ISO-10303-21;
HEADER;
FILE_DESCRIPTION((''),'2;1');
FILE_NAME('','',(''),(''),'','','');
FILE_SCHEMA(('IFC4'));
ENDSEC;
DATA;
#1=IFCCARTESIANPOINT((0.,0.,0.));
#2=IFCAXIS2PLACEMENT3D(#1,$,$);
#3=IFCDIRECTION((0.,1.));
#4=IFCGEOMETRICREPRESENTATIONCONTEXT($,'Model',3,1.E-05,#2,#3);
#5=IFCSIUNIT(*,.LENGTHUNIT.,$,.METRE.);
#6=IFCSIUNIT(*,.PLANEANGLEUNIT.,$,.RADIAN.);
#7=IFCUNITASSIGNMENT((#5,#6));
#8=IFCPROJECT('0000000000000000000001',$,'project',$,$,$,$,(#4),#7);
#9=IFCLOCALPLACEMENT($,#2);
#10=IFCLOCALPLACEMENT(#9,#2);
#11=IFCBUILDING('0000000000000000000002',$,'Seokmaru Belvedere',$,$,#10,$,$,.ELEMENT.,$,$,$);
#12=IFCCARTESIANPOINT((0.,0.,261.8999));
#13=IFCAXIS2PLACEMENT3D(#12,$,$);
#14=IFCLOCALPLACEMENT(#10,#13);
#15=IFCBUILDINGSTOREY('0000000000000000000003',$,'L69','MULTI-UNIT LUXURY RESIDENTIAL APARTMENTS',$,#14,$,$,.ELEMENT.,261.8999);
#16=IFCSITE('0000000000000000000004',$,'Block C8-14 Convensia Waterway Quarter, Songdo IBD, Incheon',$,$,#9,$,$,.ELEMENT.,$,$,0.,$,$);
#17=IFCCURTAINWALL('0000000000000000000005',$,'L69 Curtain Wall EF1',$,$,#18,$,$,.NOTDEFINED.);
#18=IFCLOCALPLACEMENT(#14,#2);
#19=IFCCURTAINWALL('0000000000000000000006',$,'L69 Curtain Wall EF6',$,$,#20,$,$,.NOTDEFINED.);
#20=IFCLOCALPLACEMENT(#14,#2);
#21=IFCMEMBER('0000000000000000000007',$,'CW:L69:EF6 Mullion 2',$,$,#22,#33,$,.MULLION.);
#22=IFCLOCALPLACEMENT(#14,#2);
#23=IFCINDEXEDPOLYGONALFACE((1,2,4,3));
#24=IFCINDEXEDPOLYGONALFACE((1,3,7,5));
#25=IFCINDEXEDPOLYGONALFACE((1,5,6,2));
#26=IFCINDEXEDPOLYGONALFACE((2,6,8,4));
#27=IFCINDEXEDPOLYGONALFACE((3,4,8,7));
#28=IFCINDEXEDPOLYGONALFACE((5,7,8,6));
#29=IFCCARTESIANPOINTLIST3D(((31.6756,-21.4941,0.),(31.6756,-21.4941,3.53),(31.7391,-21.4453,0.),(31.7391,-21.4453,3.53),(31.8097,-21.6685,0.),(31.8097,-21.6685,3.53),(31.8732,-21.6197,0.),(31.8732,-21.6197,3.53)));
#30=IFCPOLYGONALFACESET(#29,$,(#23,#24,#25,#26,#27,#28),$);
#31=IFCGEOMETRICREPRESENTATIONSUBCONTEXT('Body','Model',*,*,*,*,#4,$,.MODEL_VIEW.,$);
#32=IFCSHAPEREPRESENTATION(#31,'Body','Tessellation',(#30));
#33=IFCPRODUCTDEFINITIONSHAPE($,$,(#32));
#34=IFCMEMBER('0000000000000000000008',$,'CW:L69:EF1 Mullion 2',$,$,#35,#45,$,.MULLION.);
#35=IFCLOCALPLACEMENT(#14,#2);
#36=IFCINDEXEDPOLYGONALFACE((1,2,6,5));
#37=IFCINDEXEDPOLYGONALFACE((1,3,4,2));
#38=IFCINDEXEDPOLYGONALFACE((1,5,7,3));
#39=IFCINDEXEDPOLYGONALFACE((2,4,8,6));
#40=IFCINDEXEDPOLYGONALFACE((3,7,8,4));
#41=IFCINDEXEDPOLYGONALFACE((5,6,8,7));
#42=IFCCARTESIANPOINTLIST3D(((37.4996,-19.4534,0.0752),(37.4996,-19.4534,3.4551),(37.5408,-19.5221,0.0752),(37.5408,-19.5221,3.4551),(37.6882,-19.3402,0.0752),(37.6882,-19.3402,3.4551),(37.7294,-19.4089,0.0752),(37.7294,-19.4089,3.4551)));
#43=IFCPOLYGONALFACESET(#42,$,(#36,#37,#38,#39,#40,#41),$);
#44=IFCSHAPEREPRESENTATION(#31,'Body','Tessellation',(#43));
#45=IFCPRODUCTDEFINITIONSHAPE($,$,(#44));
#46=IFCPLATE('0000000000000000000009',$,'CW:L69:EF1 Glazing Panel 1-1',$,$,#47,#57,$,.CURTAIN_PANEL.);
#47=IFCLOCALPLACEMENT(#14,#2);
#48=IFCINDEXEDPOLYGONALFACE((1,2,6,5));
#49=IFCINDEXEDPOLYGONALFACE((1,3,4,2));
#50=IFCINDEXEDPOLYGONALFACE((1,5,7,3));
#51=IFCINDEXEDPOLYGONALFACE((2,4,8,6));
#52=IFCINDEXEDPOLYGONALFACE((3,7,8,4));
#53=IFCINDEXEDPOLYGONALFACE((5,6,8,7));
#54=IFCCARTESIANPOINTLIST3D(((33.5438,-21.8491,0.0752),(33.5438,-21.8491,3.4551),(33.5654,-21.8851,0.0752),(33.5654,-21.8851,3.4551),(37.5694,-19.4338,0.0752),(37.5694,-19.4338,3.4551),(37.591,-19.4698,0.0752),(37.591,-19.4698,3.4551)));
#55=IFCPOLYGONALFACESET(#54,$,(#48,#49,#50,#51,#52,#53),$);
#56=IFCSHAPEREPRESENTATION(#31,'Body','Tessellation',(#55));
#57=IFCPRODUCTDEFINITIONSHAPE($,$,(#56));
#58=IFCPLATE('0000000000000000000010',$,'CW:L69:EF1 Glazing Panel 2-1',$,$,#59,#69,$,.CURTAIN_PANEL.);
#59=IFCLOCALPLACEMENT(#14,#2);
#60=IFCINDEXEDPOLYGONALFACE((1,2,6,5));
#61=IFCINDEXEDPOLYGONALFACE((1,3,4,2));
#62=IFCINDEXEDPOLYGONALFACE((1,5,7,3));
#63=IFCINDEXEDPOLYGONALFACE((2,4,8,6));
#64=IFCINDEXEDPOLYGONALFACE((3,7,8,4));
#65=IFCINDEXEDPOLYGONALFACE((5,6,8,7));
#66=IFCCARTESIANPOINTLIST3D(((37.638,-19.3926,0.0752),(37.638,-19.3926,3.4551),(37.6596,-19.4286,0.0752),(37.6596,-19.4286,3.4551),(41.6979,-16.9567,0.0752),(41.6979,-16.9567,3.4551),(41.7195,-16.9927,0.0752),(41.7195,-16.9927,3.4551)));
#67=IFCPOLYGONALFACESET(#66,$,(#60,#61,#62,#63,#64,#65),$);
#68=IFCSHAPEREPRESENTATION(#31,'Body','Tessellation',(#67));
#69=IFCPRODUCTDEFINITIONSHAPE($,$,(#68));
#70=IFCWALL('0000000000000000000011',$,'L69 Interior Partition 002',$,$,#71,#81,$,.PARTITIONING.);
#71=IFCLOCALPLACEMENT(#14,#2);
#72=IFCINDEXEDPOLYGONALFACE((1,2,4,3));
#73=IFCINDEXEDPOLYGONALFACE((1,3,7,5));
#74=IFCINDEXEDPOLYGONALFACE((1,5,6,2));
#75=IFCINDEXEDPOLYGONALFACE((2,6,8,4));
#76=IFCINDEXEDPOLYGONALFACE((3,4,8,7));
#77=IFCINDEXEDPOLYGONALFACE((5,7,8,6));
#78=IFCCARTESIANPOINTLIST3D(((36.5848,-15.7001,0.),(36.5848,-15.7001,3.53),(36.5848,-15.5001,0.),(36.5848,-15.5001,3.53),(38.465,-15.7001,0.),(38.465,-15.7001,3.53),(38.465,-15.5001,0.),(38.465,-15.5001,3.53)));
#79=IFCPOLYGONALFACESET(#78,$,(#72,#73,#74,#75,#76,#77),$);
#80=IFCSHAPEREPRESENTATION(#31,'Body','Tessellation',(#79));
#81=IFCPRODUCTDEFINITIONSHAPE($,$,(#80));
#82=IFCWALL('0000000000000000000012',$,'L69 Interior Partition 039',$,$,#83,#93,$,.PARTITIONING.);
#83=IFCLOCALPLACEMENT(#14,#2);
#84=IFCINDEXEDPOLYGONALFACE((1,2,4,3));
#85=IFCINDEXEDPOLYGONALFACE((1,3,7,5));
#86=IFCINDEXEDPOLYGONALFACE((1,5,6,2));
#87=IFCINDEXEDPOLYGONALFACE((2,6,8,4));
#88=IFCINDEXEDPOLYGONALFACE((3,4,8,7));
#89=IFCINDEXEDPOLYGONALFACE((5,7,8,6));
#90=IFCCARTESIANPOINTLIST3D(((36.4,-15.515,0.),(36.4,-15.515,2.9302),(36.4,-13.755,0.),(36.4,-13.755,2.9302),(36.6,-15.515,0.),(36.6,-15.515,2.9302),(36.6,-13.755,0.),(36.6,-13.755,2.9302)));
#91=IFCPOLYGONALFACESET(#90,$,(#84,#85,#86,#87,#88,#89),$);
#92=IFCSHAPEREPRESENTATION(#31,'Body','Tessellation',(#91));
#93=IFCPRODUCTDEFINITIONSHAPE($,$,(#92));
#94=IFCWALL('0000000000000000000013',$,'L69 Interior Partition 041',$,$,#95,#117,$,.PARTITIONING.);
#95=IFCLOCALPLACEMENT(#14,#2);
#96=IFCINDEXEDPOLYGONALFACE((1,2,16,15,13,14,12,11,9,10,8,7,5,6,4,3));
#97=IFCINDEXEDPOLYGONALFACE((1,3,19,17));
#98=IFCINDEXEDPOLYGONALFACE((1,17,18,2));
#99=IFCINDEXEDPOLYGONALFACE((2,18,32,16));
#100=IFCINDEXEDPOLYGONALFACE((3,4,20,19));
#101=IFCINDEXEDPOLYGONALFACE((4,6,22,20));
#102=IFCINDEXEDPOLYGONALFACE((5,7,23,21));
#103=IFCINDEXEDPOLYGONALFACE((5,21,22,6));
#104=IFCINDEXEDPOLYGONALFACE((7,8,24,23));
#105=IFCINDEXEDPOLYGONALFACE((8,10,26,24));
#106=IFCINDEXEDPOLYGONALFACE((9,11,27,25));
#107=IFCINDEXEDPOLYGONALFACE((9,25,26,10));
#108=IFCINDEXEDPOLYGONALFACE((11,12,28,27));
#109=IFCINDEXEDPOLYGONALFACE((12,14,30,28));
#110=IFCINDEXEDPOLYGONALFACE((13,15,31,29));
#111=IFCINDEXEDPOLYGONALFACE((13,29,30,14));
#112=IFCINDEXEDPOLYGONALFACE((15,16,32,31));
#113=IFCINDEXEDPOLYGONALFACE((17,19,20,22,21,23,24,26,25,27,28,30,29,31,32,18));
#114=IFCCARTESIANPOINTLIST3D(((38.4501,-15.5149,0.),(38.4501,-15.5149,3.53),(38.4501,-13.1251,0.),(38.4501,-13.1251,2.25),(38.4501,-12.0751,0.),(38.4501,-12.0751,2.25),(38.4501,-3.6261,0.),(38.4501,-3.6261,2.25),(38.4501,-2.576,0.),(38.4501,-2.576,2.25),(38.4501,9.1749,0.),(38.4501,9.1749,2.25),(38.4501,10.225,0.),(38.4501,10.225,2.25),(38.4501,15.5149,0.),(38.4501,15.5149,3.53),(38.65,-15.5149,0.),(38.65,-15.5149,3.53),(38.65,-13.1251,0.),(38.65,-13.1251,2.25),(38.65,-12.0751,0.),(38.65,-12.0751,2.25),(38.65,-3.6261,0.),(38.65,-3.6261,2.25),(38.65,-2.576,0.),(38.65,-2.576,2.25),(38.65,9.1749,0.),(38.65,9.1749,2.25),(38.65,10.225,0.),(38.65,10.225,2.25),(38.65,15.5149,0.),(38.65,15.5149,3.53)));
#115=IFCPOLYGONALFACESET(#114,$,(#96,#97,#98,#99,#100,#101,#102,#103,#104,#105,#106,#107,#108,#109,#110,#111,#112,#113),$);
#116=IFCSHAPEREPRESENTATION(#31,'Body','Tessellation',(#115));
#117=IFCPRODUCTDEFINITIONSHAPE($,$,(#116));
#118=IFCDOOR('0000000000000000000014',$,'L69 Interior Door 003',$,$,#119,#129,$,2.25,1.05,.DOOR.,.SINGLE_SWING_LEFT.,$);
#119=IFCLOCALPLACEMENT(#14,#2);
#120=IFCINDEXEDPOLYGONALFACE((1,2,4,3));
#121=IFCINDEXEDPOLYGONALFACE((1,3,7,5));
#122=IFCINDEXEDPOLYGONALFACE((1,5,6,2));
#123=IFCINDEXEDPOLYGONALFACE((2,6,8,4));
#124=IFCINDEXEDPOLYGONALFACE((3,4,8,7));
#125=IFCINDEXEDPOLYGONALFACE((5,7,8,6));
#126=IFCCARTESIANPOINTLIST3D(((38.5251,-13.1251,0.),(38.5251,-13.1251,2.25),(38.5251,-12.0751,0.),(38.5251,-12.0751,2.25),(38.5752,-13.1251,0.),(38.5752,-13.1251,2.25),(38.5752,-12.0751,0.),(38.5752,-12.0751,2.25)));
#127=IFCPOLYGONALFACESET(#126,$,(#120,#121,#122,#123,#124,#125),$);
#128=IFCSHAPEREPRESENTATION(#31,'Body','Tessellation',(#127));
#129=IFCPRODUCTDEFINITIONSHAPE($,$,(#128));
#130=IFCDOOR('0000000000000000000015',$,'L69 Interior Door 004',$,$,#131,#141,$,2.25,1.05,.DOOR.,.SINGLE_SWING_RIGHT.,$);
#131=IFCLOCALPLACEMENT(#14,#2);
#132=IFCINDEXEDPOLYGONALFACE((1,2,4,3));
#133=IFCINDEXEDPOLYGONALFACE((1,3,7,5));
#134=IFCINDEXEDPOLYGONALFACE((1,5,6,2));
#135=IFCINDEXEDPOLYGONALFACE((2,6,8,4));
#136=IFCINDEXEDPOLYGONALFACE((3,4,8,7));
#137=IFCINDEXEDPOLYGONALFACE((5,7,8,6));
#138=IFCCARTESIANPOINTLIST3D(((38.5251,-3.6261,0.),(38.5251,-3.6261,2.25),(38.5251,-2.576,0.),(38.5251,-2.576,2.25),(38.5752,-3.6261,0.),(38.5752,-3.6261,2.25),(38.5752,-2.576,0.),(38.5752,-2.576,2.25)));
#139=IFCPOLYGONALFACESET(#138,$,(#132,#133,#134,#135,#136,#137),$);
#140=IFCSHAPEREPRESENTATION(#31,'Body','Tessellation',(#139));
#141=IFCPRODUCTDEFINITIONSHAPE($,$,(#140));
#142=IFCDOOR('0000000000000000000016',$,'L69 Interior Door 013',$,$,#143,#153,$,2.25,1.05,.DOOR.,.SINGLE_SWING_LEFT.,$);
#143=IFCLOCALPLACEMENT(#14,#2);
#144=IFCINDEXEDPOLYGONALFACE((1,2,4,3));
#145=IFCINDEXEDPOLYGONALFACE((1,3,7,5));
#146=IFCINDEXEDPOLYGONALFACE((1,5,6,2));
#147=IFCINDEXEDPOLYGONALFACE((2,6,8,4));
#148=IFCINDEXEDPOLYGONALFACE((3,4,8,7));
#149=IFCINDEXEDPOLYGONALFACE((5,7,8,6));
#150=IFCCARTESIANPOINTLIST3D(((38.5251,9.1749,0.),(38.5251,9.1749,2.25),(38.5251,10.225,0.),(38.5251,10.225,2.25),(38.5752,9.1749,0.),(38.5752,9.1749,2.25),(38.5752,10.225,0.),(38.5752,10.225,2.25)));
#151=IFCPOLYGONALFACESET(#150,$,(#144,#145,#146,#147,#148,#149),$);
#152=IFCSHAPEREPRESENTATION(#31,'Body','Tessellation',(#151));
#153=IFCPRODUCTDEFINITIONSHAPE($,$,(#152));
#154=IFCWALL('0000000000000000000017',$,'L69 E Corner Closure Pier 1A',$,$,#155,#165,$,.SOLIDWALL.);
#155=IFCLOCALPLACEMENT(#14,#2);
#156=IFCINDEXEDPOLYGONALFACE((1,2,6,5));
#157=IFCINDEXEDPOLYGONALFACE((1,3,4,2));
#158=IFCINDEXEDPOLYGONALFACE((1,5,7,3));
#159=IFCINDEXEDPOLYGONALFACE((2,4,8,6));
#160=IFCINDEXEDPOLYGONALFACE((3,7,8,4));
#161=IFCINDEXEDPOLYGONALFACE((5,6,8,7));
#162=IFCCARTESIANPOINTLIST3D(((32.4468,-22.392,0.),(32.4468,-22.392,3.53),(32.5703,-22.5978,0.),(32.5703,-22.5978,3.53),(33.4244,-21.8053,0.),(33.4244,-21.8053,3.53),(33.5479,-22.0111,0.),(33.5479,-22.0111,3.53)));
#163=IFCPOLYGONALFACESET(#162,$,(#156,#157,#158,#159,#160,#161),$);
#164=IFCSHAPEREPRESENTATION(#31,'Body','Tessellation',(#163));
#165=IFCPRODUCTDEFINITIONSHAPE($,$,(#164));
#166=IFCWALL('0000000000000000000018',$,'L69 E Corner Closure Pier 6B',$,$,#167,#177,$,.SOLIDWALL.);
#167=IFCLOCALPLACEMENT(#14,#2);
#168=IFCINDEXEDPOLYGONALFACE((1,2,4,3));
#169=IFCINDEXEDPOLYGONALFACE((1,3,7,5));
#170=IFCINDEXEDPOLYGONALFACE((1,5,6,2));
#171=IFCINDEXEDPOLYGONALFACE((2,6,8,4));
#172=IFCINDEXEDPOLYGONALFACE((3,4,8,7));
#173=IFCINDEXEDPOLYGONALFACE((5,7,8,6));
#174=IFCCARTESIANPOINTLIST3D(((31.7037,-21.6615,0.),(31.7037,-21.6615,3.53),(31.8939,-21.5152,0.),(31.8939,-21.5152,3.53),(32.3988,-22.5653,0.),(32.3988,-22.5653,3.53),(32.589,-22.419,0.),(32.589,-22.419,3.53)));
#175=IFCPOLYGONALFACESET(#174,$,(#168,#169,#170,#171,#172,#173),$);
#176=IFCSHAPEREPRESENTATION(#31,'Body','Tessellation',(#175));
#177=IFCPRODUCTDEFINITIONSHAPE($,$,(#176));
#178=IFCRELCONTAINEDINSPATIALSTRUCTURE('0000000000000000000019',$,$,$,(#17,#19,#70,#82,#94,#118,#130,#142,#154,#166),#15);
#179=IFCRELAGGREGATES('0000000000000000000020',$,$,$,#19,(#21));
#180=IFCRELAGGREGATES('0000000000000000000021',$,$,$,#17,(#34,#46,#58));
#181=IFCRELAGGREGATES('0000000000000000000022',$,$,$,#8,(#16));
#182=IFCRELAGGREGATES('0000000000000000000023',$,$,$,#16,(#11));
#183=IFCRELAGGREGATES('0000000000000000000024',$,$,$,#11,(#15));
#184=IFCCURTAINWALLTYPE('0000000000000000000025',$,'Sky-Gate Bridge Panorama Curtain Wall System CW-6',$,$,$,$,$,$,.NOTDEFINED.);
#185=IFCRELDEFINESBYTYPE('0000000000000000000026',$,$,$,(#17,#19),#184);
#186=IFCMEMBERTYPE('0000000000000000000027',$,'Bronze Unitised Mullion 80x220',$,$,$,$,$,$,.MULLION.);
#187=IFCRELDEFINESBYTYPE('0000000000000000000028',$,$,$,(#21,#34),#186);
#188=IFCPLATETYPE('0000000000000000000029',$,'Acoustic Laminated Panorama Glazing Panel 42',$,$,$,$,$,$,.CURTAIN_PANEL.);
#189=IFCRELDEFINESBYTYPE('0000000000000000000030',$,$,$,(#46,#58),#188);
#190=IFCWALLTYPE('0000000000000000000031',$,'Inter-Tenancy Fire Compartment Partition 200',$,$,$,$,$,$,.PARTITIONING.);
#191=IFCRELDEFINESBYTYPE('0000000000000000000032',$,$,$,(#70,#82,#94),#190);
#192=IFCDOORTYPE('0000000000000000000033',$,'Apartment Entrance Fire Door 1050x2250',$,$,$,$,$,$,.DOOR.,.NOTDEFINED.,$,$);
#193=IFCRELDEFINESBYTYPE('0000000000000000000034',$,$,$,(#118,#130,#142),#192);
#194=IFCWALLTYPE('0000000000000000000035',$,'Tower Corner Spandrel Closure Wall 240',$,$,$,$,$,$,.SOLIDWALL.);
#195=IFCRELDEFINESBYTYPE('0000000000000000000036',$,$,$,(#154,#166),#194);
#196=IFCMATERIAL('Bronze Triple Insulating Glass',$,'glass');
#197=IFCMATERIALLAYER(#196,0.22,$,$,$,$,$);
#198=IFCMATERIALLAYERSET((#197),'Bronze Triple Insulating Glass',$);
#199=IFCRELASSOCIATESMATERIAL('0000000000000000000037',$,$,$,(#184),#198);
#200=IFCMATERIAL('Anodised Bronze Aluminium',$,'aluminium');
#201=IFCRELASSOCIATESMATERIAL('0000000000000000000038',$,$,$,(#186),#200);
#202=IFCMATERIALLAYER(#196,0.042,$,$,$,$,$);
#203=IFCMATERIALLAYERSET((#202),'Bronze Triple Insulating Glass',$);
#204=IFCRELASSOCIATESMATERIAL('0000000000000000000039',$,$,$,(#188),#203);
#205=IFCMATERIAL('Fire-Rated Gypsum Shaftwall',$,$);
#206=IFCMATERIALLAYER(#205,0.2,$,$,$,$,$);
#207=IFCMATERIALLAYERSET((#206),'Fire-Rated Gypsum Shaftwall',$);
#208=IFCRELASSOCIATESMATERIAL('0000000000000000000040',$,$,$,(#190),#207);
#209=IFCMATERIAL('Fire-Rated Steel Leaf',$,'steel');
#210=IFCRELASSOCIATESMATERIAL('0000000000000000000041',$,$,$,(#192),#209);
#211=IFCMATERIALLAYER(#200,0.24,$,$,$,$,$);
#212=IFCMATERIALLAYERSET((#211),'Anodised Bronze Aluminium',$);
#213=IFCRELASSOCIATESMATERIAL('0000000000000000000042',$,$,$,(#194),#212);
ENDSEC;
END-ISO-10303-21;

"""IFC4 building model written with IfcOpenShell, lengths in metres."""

from ifc_helpers import new_model, si_unit, direction, frame, frame_2d, origin, origin_2d, place, context, subcontext, project, spatial, rectangle, extrude, source, transform, mapped, material, layer, layer_set, material_profile, profile_set, type_object, type_shapes, element, fill, aggregate, save


model = new_model("IFC4")

# Units and contexts
model_context = context("Model", 3, precision=1e-05, world=origin(), true_north=direction((0.0, 1.0)))
body_context = subcontext(model_context, "Body", "Model", "MODEL_VIEW")
ifc_project = project(units=[si_unit("LENGTHUNIT", "METRE"), si_unit("PLANEANGLEUNIT", "RADIAN")], contexts=[model_context])

# Site, building, storey
site_placement = place(None, origin())
site = spatial("IfcSite", under=ifc_project, at=site_placement, Name="Block C8-14 Convensia Waterway Quarter, Songdo IBD, Incheon", CompositionType="ELEMENT", RefElevation=0.0)
building_placement = place(site_placement, origin())
building = spatial("IfcBuilding", under=site, at=building_placement, Name="Seokmaru Belvedere", CompositionType="ELEMENT")
storey_placement = place(building_placement, frame((0.0, 0.0, 261.8999)))
storey = spatial("IfcBuildingStorey", under=building, at=storey_placement, Name="L69", Description="MULTI-UNIT LUXURY RESIDENTIAL APARTMENTS", CompositionType="ELEMENT", Elevation=261.8999)

# Curtain wall
ifc_material_1 = material(Name="Bronze Triple Insulating Glass", Category="glass")
ifc_layer_1 = layer(ifc_material_1, 0.22)
ifc_layer_set_1 = layer_set([ifc_layer_1], Name="Bronze Triple Insulating Glass")
curtain_wall_type = type_object("IfcCurtainWallType", Name="Sky-Gate Bridge Panorama Curtain Wall System CW-6", PredefinedType="NOTDEFINED", material=ifc_layer_set_1)
curtain_wall_1_placement = place(storey_placement, origin())
curtain_wall_1 = element("IfcCurtainWall", 1, at=curtain_wall_1_placement, inside=storey, type_object=curtain_wall_type, Name="L69 Curtain Wall EF1", PredefinedType="NOTDEFINED")
ifc_material_2 = material(Name="Anodised Bronze Aluminium", Category="aluminium")
ifc_material_profile_1 = material_profile(ifc_material_2, rectangle(XDim=0.0801, YDim=0.22, at=origin_2d()), Name="CW-M-80x220")
ifc_profile_set_1 = profile_set([ifc_material_profile_1], Name="Anodised Bronze Aluminium")
member_type_1 = type_object("IfcMemberType", Name="Bronze Unitised Mullion 80x220", PredefinedType="MULLION", material=ifc_profile_set_1)
shared_shape_1 = source(origin(), body_context, "Body", "SweptSolid", [
    extrude(rectangle(XDim=0.0801, YDim=0.22, at=origin_2d()), origin(), (0.0, 0.0, 1.0), 3.53),
])

# Curtain wall, member
curtain_wall_2_placement = place(storey_placement, origin())
curtain_wall_2 = element("IfcCurtainWall", 2, at=curtain_wall_2_placement, inside=storey, type_object=curtain_wall_type, Name="L69 Curtain Wall EF6", PredefinedType="NOTDEFINED")
member_1_placement = place(storey_placement, frame((31.7744, -21.5569, 0.0), z_axis=(0.0, 0.0, 1.0), x_axis=(0.792631, 0.609701, 0.0)))
member_1 = element("IfcMember", 3, at=member_1_placement, type_object=member_type_1, Name="CW:L69:EF6 Mullion 2", PredefinedType="MULLION", context=body_context, shape_type="MappedRepresentation", body=[
    mapped(shared_shape_1, transform((0.0, 0.0, 0.0), scale=1.0)),
])
aggregate(curtain_wall_2, [member_1])

# Member
shared_shape_2 = source(origin(), body_context, "Body", "SweptSolid", [
    extrude(rectangle(XDim=0.0801, YDim=0.22, at=origin_2d()), origin(), (0.0, 0.0, 1.0), 3.3799),
])
type_shapes(member_type_1, [shared_shape_1, shared_shape_2])
member_2_placement = place(storey_placement, frame((37.6145, -19.4312, 0.0752), z_axis=(0.0, 0.0, 1.0), x_axis=(-0.514495, 0.857493, 0.0)))
member_2 = element("IfcMember", 4, at=member_2_placement, type_object=member_type_1, Name="CW:L69:EF1 Mullion 2", PredefinedType="MULLION", context=body_context, shape_type="MappedRepresentation", body=[
    mapped(shared_shape_2, transform((0.0, 0.0, 0.0), scale=1.0)),
])

# Plates
ifc_layer_2 = layer(ifc_material_1, 0.042)
ifc_layer_set_2 = layer_set([ifc_layer_2], Name="Bronze Triple Insulating Glass")
plate_type = type_object("IfcPlateType", Name="Acoustic Laminated Panorama Glazing Panel 42", PredefinedType="CURTAIN_PANEL", material=ifc_layer_set_2)
shared_shape_3 = source(origin(), body_context, "Body", "SweptSolid", [
    extrude(rectangle(XDim=4.6946, YDim=0.042, at=origin_2d()), origin(), (0.0, 0.0, 1.0), 3.3799),
])
plate_1_placement = place(storey_placement, frame((35.5674, -20.6594, 0.0752), z_axis=(0.0, 0.0, 1.0), x_axis=(0.857493, 0.514495, 0.0)))
plate_1 = element("IfcPlate", 5, at=plate_1_placement, type_object=plate_type, Name="CW:L69:EF1 Glazing Panel 1-1", PredefinedType="CURTAIN_PANEL", context=body_context, shape_type="MappedRepresentation", body=[
    mapped(shared_shape_3, transform((0.0, 0.0, 0.0), scale=1.0)),
])
shared_shape_4 = source(origin(), body_context, "Body", "SweptSolid", [
    extrude(rectangle(XDim=4.7346, YDim=0.042, at=origin_2d()), origin(), (0.0, 0.0, 1.0), 3.3799),
])
type_shapes(plate_type, [shared_shape_3, shared_shape_4])
plate_2_placement = place(storey_placement, frame((39.6787, -18.1926, 0.0752), z_axis=(0.0, 0.0, 1.0), x_axis=(0.857493, 0.514495, 0.0)))
plate_2 = element("IfcPlate", 6, at=plate_2_placement, type_object=plate_type, Name="CW:L69:EF1 Glazing Panel 2-1", PredefinedType="CURTAIN_PANEL", context=body_context, shape_type="MappedRepresentation", body=[
    mapped(shared_shape_4, transform((0.0, 0.0, 0.0), scale=1.0)),
])
aggregate(curtain_wall_1, [member_2, plate_1, plate_2])

# Walls
ifc_material_3 = material(Name="Fire-Rated Gypsum Shaftwall")
ifc_layer_3 = layer(ifc_material_3, 0.2)
ifc_layer_set_3 = layer_set([ifc_layer_3], Name="Fire-Rated Gypsum Shaftwall")
wall_type_1 = type_object("IfcWallType", Name="Inter-Tenancy Fire Compartment Partition 200", PredefinedType="PARTITIONING", material=ifc_layer_set_3)
wall_1_placement = place(storey_placement, frame((36.585, -15.6001, 0.0), z_axis=(0.0, 0.0, 1.0), x_axis=(1.0, 0.0, 0.0)))
element("IfcWall", 7, at=wall_1_placement, inside=storey, type_object=wall_type_1, Name="L69 Interior Partition 002", PredefinedType="PARTITIONING", context=body_context, shape_type="SweptSolid", body=[
    extrude(rectangle(XDim=1.8801, YDim=0.2, at=frame_2d((0.9399, 0.0))), origin(), (0.0, 0.0, 1.0), 3.53),
])
wall_2_placement = place(storey_placement, frame((36.5, -15.5149, 0.0), z_axis=(0.0, 0.0, 1.0), x_axis=(0.0, 1.0, 0.0)))
element("IfcWall", 8, at=wall_2_placement, inside=storey, type_object=wall_type_1, Name="L69 Interior Partition 039", PredefinedType="PARTITIONING", context=body_context, shape_type="SweptSolid", body=[
    extrude(rectangle(XDim=1.76, YDim=0.2, at=frame_2d((0.8799, 0.0))), origin(), (0.0, 0.0, 1.0), 2.9302),
])

# Wall, openings, doors
wall_3_placement = place(storey_placement, frame((38.55, -15.5149, 0.0), z_axis=(0.0, 0.0, 1.0), x_axis=(0.0, 1.0, 0.0)))
wall_3 = element("IfcWall", 9, at=wall_3_placement, inside=storey, type_object=wall_type_1, Name="L69 Interior Partition 041", PredefinedType="PARTITIONING", context=body_context, shape_type="SweptSolid", body=[
    extrude(rectangle(XDim=31.0298, YDim=0.2, at=frame_2d((15.5149, 0.0))), origin(), (0.0, 0.0, 1.0), 3.53),
])
opening_1_placement = place(wall_3_placement, frame((2.3899, 0.0, 0.0)))
opening_1 = element("IfcOpeningElement", 10, at=opening_1_placement, cuts=wall_3, PredefinedType="OPENING", context=body_context, shape_type="SweptSolid", body=[
    extrude(rectangle(XDim=1.05, YDim=2.25, at=frame_2d((0.5249, 1.125))), frame((0.0, 0.1099, 0.0), z_axis=(0.0, -1.0, 0.0), x_axis=(1.0, 0.0, 0.0)), (0.0, 0.0, 1.0), 0.22),
])
opening_2_placement = place(wall_3_placement, frame((11.8889, 0.0, 0.0)))
opening_2 = element("IfcOpeningElement", 11, at=opening_2_placement, cuts=wall_3, PredefinedType="OPENING", context=body_context, shape_type="SweptSolid", body=[
    extrude(rectangle(XDim=1.05, YDim=2.25, at=frame_2d((0.5249, 1.125))), frame((0.0, 0.1099, 0.0), z_axis=(0.0, -1.0, 0.0), x_axis=(1.0, 0.0, 0.0)), (0.0, 0.0, 1.0), 0.22),
])
opening_3_placement = place(wall_3_placement, frame((24.6899, 0.0, 0.0)))
opening_3 = element("IfcOpeningElement", 12, at=opening_3_placement, cuts=wall_3, PredefinedType="OPENING", context=body_context, shape_type="SweptSolid", body=[
    extrude(rectangle(XDim=1.05, YDim=2.25, at=frame_2d((0.5249, 1.125))), frame((0.0, 0.1099, 0.0), z_axis=(0.0, -1.0, 0.0), x_axis=(1.0, 0.0, 0.0)), (0.0, 0.0, 1.0), 0.22),
])
ifc_material_4 = material(Name="Fire-Rated Steel Leaf", Category="steel")
door_type_1 = type_object("IfcDoorType", Name="Apartment Entrance Fire Door 1050x2250", OperationType="NOTDEFINED", PredefinedType="DOOR", material=ifc_material_4)
shared_shape_5 = source(origin(), body_context, "Body", "SweptSolid", [
    extrude(rectangle(XDim=1.05, YDim=2.25, at=frame_2d((0.5249, 1.125))), frame((0.0, 0.0249, 0.0), z_axis=(0.0, -1.0, 0.0), x_axis=(1.0, 0.0, 0.0)), (0.0, 0.0, 1.0), 0.05),
])
type_shapes(door_type_1, [shared_shape_5])
door_1_placement = place(opening_1_placement, origin())
door_1 = element("IfcDoor", 13, at=door_1_placement, inside=storey, type_object=door_type_1, Name="L69 Interior Door 003", OperationType="SINGLE_SWING_LEFT", OverallHeight=2.25, OverallWidth=1.05, PredefinedType="DOOR", context=body_context, shape_type="MappedRepresentation", body=[
    mapped(shared_shape_5, transform((0.0, 0.0, 0.0), scale=1.0)),
])
fill(opening_1, door_1)
door_2_placement = place(opening_2_placement, origin())
door_2 = element("IfcDoor", 14, at=door_2_placement, inside=storey, type_object=door_type_1, Name="L69 Interior Door 004", OperationType="SINGLE_SWING_RIGHT", OverallHeight=2.25, OverallWidth=1.05, PredefinedType="DOOR", context=body_context, shape_type="MappedRepresentation", body=[
    mapped(shared_shape_5, transform((0.0, 0.0, 0.0), scale=1.0)),
])
fill(opening_2, door_2)
door_3_placement = place(opening_3_placement, origin())
door_3 = element("IfcDoor", 15, at=door_3_placement, inside=storey, type_object=door_type_1, Name="L69 Interior Door 013", OperationType="SINGLE_SWING_LEFT", OverallHeight=2.25, OverallWidth=1.05, PredefinedType="DOOR", context=body_context, shape_type="MappedRepresentation", body=[
    mapped(shared_shape_5, transform((0.0, 0.0, 0.0), scale=1.0)),
])
fill(opening_3, door_3)

# Walls
ifc_layer_4 = layer(ifc_material_2, 0.24)
ifc_layer_set_4 = layer_set([ifc_layer_4], Name="Anodised Bronze Aluminium")
wall_type_2 = type_object("IfcWallType", Name="Tower Corner Spandrel Closure Wall 240", PredefinedType="SOLIDWALL", material=ifc_layer_set_4)
for number, where, z_axis, x_axis, name in (
    (16, (32.5085, -22.4949, 0.0), (0.0, 0.0, 1.0), (0.857436, 0.51459, 0.0), "L69 E Corner Closure Pier 1A"),
    (17, (31.7988, -21.5884, 0.0), (0.0, 0.0, 1.0), (0.609618, -0.792696, 0.0), "L69 E Corner Closure Pier 6B"),
):
    element("IfcWall", number, at=place(storey_placement, frame(where, z_axis=z_axis, x_axis=x_axis)), inside=storey, type_object=wall_type_2, Name=name, PredefinedType="SOLIDWALL", context=body_context, shape_type="SweptSolid", body=[
        extrude(rectangle(XDim=1.1401, YDim=0.24, at=frame_2d((0.5701, 0.0))), origin(), (0.0, 0.0, 1.0), 3.53),
    ])

save(model, "model.ifc")
